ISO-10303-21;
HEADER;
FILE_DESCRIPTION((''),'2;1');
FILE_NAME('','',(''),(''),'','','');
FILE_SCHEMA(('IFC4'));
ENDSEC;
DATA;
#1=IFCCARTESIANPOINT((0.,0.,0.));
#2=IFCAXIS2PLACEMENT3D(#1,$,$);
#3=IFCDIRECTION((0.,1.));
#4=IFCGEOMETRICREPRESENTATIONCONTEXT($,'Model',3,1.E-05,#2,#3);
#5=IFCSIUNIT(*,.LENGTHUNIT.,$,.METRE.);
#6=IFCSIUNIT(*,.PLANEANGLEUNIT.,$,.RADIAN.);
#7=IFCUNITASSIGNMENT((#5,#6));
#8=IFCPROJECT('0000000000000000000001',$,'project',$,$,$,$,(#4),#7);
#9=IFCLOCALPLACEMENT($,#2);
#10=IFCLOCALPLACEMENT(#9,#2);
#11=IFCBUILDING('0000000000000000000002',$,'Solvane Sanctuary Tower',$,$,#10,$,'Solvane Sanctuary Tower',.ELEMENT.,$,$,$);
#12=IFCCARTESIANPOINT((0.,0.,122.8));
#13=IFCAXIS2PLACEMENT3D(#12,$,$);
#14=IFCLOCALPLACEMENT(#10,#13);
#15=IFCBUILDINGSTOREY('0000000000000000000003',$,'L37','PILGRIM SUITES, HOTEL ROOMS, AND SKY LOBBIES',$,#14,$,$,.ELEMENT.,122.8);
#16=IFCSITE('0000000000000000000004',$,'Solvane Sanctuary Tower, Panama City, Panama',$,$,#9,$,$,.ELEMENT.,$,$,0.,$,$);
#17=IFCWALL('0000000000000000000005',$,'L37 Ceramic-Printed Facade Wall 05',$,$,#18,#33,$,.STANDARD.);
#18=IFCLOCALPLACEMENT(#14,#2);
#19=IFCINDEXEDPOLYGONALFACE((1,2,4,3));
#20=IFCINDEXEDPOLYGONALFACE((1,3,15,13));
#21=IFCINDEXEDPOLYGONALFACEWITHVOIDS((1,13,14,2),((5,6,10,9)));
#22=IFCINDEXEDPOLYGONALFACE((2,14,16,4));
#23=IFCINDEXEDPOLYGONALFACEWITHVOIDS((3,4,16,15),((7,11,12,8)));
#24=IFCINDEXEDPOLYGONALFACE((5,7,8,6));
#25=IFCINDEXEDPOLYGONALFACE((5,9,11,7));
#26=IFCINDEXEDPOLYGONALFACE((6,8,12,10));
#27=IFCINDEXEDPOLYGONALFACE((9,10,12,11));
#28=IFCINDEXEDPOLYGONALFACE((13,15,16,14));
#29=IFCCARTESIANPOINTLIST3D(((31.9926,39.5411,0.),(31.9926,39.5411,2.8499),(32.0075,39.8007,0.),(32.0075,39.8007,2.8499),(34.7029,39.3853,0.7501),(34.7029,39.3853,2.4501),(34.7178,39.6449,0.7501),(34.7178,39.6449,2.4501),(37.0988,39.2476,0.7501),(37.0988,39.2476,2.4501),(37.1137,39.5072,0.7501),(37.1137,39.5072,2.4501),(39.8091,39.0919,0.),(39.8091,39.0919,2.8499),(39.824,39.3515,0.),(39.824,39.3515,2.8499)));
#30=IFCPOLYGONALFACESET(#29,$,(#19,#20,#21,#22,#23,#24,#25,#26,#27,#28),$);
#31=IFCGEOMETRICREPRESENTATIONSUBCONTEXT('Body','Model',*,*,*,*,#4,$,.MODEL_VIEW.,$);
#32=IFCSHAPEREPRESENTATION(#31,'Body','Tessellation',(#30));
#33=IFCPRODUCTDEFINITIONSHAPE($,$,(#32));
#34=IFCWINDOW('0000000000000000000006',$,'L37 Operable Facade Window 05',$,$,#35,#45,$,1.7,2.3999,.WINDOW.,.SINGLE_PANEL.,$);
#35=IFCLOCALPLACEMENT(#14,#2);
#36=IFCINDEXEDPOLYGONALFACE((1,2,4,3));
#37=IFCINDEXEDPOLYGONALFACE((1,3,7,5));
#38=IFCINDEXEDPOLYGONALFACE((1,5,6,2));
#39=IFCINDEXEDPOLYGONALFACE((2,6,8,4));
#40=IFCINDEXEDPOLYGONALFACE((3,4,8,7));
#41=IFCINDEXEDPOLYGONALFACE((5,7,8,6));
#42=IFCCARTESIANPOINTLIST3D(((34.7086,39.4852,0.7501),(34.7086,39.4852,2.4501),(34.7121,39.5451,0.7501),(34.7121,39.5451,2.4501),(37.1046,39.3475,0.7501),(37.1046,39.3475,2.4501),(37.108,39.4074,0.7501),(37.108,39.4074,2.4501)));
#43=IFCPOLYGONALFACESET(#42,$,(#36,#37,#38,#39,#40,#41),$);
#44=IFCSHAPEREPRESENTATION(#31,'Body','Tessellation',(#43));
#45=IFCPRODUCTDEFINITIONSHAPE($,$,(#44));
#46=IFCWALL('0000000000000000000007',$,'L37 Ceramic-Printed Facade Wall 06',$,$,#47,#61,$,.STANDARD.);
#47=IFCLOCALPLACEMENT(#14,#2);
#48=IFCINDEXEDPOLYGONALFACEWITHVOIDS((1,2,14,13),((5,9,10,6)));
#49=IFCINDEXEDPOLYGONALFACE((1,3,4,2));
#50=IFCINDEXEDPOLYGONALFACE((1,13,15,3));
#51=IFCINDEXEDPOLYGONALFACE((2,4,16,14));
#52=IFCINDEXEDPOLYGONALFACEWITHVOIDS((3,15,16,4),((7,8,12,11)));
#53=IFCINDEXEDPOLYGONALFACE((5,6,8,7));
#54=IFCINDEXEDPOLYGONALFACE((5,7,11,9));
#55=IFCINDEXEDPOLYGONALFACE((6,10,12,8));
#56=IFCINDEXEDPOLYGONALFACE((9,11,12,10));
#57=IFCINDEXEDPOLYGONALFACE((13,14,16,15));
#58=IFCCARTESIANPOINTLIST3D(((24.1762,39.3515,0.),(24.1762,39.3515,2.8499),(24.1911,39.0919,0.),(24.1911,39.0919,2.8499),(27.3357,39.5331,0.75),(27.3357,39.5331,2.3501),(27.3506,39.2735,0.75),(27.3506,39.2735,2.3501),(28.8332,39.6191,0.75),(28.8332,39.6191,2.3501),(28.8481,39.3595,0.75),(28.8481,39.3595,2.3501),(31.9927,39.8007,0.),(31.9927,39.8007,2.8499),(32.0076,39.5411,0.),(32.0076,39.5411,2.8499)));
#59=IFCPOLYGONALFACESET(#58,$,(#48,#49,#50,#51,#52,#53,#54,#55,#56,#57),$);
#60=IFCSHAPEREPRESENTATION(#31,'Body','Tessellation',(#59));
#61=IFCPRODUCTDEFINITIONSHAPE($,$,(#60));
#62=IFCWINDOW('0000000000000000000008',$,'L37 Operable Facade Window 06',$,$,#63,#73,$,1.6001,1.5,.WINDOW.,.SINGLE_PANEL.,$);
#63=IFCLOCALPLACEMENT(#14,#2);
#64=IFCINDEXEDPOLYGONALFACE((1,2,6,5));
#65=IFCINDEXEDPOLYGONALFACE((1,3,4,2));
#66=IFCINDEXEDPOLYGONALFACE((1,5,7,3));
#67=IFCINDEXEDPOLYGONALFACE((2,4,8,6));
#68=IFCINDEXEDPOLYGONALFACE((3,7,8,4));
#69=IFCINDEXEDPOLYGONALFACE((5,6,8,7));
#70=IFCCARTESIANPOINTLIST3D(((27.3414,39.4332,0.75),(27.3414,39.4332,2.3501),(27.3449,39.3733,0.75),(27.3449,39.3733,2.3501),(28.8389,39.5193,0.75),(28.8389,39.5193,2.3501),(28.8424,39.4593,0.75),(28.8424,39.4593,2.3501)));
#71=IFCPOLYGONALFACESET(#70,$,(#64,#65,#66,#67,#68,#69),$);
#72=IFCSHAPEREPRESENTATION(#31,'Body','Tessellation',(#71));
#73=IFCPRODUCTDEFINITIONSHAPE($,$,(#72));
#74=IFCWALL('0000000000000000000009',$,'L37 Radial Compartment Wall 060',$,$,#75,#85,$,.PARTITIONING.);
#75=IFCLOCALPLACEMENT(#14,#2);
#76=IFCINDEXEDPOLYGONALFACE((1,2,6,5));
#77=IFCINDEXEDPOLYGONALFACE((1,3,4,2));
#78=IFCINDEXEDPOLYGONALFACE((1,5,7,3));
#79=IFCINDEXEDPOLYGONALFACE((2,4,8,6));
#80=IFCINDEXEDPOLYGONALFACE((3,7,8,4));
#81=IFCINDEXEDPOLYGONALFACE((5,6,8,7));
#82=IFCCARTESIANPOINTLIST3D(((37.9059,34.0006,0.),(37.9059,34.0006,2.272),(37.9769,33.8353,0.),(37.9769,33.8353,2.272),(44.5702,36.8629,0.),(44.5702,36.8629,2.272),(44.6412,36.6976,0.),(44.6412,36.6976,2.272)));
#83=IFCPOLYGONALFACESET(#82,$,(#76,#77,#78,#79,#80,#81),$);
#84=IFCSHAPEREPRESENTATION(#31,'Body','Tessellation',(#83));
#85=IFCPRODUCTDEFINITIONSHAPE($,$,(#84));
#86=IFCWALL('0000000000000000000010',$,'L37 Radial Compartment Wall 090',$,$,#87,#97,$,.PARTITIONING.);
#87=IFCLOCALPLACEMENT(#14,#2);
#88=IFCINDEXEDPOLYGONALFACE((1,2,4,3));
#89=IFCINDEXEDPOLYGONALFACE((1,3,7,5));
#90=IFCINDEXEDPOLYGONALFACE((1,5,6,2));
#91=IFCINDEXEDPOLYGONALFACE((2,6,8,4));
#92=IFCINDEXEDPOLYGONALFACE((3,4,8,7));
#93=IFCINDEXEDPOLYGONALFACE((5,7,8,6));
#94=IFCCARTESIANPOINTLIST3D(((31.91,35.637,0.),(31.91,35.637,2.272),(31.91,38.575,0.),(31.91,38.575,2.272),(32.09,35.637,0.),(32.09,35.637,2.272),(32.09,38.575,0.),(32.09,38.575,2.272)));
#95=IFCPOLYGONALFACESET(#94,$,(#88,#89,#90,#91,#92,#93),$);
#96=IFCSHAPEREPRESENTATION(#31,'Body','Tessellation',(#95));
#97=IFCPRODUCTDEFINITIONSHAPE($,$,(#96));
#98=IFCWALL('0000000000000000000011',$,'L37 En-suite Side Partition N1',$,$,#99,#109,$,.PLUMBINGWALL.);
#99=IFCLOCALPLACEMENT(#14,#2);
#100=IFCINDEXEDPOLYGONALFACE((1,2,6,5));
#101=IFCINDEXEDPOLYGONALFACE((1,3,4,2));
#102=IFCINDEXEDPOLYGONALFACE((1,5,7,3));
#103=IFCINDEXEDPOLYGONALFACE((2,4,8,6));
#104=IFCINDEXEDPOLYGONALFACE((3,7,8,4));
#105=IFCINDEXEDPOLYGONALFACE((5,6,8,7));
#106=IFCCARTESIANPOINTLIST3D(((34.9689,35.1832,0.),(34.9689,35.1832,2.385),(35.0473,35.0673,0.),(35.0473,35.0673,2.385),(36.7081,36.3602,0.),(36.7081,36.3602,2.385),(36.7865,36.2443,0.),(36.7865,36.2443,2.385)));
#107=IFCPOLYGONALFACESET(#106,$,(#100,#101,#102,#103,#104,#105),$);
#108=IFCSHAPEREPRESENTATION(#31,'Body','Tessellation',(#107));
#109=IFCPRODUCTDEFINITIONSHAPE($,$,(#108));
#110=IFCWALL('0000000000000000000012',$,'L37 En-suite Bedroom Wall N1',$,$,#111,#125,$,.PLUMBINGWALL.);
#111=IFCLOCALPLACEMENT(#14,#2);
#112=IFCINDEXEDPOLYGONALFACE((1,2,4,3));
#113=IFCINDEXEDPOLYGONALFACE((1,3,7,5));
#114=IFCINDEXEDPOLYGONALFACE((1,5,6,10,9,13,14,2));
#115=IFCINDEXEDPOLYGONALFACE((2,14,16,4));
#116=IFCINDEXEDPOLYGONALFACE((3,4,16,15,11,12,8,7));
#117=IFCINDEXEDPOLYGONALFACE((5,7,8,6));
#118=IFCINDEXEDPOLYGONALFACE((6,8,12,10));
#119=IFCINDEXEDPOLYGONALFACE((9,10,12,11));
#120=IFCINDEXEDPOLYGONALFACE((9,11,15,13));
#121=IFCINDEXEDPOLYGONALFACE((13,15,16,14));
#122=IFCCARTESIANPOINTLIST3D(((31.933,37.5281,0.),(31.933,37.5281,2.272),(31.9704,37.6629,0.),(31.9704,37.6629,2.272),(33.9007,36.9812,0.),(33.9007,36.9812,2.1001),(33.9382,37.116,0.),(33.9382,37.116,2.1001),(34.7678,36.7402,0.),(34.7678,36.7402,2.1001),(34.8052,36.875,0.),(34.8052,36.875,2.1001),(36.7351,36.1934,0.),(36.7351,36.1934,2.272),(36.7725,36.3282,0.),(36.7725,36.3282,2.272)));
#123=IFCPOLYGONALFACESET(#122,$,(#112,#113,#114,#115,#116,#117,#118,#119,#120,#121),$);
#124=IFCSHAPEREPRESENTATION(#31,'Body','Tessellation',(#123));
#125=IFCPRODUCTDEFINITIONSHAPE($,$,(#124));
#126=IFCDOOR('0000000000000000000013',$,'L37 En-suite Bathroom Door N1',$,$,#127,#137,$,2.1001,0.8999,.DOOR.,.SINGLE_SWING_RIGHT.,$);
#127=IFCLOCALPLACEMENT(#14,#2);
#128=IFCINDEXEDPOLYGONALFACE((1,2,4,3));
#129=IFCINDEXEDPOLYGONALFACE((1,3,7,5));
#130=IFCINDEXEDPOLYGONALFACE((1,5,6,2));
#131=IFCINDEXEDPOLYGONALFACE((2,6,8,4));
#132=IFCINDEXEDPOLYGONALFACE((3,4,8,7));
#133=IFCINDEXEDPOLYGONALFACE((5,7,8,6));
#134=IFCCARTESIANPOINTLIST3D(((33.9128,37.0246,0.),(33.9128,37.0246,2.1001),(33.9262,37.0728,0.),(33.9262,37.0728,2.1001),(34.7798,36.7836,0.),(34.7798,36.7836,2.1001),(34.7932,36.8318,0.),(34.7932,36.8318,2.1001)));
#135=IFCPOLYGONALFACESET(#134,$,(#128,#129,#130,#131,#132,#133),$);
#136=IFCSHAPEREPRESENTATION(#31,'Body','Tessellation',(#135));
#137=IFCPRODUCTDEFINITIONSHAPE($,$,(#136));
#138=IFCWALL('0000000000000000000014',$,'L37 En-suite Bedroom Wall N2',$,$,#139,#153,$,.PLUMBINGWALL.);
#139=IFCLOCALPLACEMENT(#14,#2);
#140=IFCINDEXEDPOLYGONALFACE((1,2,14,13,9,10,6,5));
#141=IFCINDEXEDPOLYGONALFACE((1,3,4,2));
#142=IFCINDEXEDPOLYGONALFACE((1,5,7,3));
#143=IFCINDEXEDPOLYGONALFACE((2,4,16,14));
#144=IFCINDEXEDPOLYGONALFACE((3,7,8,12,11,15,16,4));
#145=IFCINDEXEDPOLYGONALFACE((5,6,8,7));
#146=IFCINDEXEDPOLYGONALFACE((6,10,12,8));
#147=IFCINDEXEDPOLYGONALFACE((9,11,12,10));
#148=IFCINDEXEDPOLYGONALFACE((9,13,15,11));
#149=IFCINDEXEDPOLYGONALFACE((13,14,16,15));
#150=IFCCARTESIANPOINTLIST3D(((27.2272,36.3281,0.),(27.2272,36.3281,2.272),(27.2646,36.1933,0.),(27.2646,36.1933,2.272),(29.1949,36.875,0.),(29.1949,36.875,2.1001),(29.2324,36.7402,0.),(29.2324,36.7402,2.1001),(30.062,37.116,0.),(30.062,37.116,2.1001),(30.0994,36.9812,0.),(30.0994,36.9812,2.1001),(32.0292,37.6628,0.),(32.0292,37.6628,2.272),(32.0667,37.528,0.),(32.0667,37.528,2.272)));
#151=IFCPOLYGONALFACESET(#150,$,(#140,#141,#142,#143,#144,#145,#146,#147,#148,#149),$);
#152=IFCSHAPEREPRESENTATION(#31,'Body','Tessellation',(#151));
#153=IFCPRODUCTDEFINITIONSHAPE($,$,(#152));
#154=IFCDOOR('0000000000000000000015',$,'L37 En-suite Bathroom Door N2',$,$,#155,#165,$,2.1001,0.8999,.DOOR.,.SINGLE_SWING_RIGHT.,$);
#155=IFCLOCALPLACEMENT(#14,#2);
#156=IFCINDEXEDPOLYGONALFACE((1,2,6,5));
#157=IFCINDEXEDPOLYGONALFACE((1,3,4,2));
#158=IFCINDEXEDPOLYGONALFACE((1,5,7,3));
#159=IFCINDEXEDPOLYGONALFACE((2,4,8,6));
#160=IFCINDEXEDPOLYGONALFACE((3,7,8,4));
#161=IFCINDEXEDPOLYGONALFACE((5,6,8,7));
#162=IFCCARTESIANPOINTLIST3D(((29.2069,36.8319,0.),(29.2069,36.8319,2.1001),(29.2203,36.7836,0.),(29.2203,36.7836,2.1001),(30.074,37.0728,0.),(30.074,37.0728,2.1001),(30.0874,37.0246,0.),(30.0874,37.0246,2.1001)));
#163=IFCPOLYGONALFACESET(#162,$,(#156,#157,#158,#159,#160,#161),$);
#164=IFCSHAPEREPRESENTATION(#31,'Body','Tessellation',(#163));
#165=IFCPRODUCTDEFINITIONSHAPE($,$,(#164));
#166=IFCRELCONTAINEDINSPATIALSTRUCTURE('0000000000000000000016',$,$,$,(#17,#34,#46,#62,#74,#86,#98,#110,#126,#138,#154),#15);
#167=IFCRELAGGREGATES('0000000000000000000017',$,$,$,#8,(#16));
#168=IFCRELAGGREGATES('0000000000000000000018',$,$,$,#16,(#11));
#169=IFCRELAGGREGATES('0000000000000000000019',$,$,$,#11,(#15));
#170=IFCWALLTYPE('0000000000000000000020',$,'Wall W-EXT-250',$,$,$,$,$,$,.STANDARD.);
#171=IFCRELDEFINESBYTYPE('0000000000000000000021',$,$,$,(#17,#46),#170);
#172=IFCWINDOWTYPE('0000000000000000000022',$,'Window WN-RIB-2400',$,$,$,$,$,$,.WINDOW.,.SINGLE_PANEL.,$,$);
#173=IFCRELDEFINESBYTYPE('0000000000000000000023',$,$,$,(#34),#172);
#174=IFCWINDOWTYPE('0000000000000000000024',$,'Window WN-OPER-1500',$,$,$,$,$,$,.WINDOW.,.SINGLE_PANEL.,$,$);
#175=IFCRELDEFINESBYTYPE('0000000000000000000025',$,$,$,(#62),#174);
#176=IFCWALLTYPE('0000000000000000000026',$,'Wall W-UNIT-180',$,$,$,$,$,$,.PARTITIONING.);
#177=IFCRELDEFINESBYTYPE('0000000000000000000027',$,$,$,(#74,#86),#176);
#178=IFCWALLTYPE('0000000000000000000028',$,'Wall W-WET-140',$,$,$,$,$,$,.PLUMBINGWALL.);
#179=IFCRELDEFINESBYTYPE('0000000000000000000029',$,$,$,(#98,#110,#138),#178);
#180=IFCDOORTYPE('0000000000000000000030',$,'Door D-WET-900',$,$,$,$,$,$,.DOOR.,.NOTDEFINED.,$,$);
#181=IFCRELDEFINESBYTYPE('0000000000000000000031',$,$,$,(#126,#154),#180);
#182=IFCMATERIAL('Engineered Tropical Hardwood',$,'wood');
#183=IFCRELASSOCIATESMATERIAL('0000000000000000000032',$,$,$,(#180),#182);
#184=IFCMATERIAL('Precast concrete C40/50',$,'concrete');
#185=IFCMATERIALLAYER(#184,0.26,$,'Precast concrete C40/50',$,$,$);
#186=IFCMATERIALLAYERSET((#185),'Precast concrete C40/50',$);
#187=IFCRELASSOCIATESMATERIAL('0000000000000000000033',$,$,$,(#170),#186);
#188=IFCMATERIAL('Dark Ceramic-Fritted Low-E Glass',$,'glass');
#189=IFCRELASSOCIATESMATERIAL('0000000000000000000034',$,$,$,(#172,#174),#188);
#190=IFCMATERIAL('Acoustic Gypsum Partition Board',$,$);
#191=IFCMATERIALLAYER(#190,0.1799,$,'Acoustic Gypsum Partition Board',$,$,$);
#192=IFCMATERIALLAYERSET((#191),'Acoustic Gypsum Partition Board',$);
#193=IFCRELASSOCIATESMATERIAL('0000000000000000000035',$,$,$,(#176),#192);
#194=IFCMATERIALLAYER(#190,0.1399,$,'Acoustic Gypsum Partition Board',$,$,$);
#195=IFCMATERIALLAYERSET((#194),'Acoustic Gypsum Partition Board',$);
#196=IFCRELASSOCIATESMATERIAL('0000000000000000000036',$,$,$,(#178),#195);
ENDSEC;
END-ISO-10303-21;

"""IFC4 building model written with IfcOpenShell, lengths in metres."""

from ifc_helpers import new_model, si_unit, direction, frame, frame_2d, origin, place, context, subcontext, project, spatial, rectangle, extrude, material, layer, layer_set, type_object, element, fill, save


model = new_model("IFC4")

# Units and contexts
model_context = context("Model", 3, precision=1e-05, world=origin(), true_north=direction((0.0, 1.0)))
body_context = subcontext(model_context, "Body", "Model", "MODEL_VIEW")
ifc_project = project(units=[si_unit("LENGTHUNIT", "METRE"), si_unit("PLANEANGLEUNIT", "RADIAN")], contexts=[model_context])

# Site, building, storey
site_placement = place(None, origin())
site = spatial("IfcSite", under=ifc_project, at=site_placement, Name="Solvane Sanctuary Tower, Panama City, Panama", CompositionType="ELEMENT", RefElevation=0.0)
building_placement = place(site_placement, origin())
building = spatial("IfcBuilding", under=site, at=building_placement, Name="Solvane Sanctuary Tower", LongName="Solvane Sanctuary Tower", CompositionType="ELEMENT")
storey_placement = place(building_placement, frame((0.0, 0.0, 122.8)))
storey = spatial("IfcBuildingStorey", under=building, at=storey_placement, Name="L37", Description="PILGRIM SUITES, HOTEL ROOMS, AND SKY LOBBIES", CompositionType="ELEMENT", Elevation=122.8)

# Shared definitions
ifc_material_1 = material(Name="Acoustic Gypsum Partition Board")

# Shared definitions
ifc_material_2 = material(Name="Engineered Tropical Hardwood", Category="wood")
door_type_1 = type_object("IfcDoorType", Name="Door D-WET-900", OperationType="NOTDEFINED", PredefinedType="DOOR", material=ifc_material_2)

# Walls, openings, windows
ifc_material_3 = material(Name="Precast concrete C40/50", Category="concrete")
ifc_layer_1 = layer(ifc_material_3, 0.26, Name="Precast concrete C40/50")
ifc_layer_set_1 = layer_set([ifc_layer_1], Name="Precast concrete C40/50")
wall_type_1 = type_object("IfcWallType", Name="Wall W-EXT-250", PredefinedType="STANDARD", material=ifc_layer_set_1)
wall_1_placement = place(storey_placement, frame((39.8164, 39.2217, 0.0), z_axis=(0.0, 0.0, 1.0), x_axis=(-0.998353, 0.057377, 0.0)))
wall_1 = element("IfcWall", 1, at=wall_1_placement, inside=storey, type_object=wall_type_1, Name="L37 Ceramic-Printed Facade Wall 05", PredefinedType="STANDARD", context=body_context, shape_type="SweptSolid", body=[
    extrude(rectangle(XDim=7.8293, YDim=0.26, at=frame_2d((3.9146, 0.0))), origin(), (0.0, 0.0, 1.0), 2.8499),
])
opening_1_placement = place(wall_1_placement, frame((2.7146, 0.0, 0.75)))
opening_1 = element("IfcOpeningElement", 2, at=opening_1_placement, cuts=wall_1, PredefinedType="OPENING", context=body_context, shape_type="SweptSolid", body=[
    extrude(rectangle(XDim=2.3999, YDim=1.7, at=frame_2d((1.2, 0.8501))), frame((0.0, 0.1399, 0.0), z_axis=(0.0, -1.0, 0.0), x_axis=(1.0, 0.0, 0.0)), (0.0, 0.0, 1.0), 0.28),
])
ifc_material_4 = material(Name="Dark Ceramic-Fritted Low-E Glass", Category="glass")
window_type_1 = type_object("IfcWindowType", Name="Window WN-RIB-2400", PartitioningType="SINGLE_PANEL", PredefinedType="WINDOW", material=ifc_material_4)
window_1_placement = place(opening_1_placement, origin())
window_1 = element("IfcWindow", 3, at=window_1_placement, inside=storey, type_object=window_type_1, Name="L37 Operable Facade Window 05", OverallHeight=1.7, OverallWidth=2.3999, PartitioningType="SINGLE_PANEL", PredefinedType="WINDOW", context=body_context, shape_type="SweptSolid", body=[
    extrude(rectangle(XDim=2.3999, YDim=1.7, at=frame_2d((1.2, 0.8501))), frame((0.0, 0.03, 0.0), z_axis=(0.0, -1.0, 0.0), x_axis=(1.0, 0.0, 0.0)), (0.0, 0.0, 1.0), 0.0601),
])
fill(opening_1, window_1)
wall_2_placement = place(storey_placement, frame((32.0, 39.6709, 0.0), z_axis=(0.0, 0.0, 1.0), x_axis=(-0.998353, -0.057377, 0.0)))
wall_2 = element("IfcWall", 4, at=wall_2_placement, inside=storey, type_object=wall_type_1, Name="L37 Ceramic-Printed Facade Wall 06", PredefinedType="STANDARD", context=body_context, shape_type="SweptSolid", body=[
    extrude(rectangle(XDim=7.8293, YDim=0.26, at=frame_2d((3.9146, 0.0))), origin(), (0.0, 0.0, 1.0), 2.8499),
])
opening_2_placement = place(wall_2_placement, frame((3.1646, 0.0, 0.75)))
opening_2 = element("IfcOpeningElement", 5, at=opening_2_placement, cuts=wall_2, PredefinedType="OPENING", context=body_context, shape_type="SweptSolid", body=[
    extrude(rectangle(XDim=1.5, YDim=1.6001, at=frame_2d((0.75, 0.8))), frame((0.0, 0.1399, 0.0), z_axis=(0.0, -1.0, 0.0), x_axis=(1.0, 0.0, 0.0)), (0.0, 0.0, 1.0), 0.28),
])
window_type_2 = type_object("IfcWindowType", Name="Window WN-OPER-1500", PartitioningType="SINGLE_PANEL", PredefinedType="WINDOW", material=ifc_material_4)
window_2_placement = place(opening_2_placement, origin())
window_2 = element("IfcWindow", 6, at=window_2_placement, inside=storey, type_object=window_type_2, Name="L37 Operable Facade Window 06", OverallHeight=1.6001, OverallWidth=1.5, PartitioningType="SINGLE_PANEL", PredefinedType="WINDOW", context=body_context, shape_type="SweptSolid", body=[
    extrude(rectangle(XDim=1.5, YDim=1.6001, at=frame_2d((0.75, 0.8))), frame((0.0, 0.03, 0.0), z_axis=(0.0, -1.0, 0.0), x_axis=(1.0, 0.0, 0.0)), (0.0, 0.0, 1.0), 0.0601),
])
fill(opening_2, window_2)

# Walls
ifc_layer_2 = layer(ifc_material_1, 0.1799, Name="Acoustic Gypsum Partition Board")
ifc_layer_set_2 = layer_set([ifc_layer_2], Name="Acoustic Gypsum Partition Board")
wall_type_2 = type_object("IfcWallType", Name="Wall W-UNIT-180", PredefinedType="PARTITIONING", material=ifc_layer_set_2)
wall_3_placement = place(storey_placement, frame((37.9414, 33.918, 0.0), z_axis=(0.0, 0.0, 1.0), x_axis=(0.918837, 0.394638, 0.0)))
element("IfcWall", 7, at=wall_3_placement, inside=storey, type_object=wall_type_2, Name="L37 Radial Compartment Wall 060", PredefinedType="PARTITIONING", context=body_context, shape_type="SweptSolid", body=[
    extrude(rectangle(XDim=7.2529, YDim=0.1799, at=frame_2d((3.6265, 0.0))), origin(), (0.0, 0.0, 1.0), 2.272),
])
wall_4_placement = place(storey_placement, frame((32.0, 35.637, 0.0), z_axis=(0.0, 0.0, 1.0), x_axis=(0.0, 1.0, 0.0)))
element("IfcWall", 8, at=wall_4_placement, inside=storey, type_object=wall_type_2, Name="L37 Radial Compartment Wall 090", PredefinedType="PARTITIONING", context=body_context, shape_type="SweptSolid", body=[
    extrude(rectangle(XDim=2.938, YDim=0.1799, at=frame_2d((1.469, 0.0))), origin(), (0.0, 0.0, 1.0), 2.272),
])
ifc_layer_3 = layer(ifc_material_1, 0.1399, Name="Acoustic Gypsum Partition Board")
ifc_layer_set_3 = layer_set([ifc_layer_3], Name="Acoustic Gypsum Partition Board")
wall_type_3 = type_object("IfcWallType", Name="Wall W-WET-140", PredefinedType="PLUMBINGWALL", material=ifc_layer_set_3)
wall_5_placement = place(storey_placement, frame((35.0081, 35.1252, 0.0), z_axis=(0.0, 0.0, 1.0), x_axis=(0.828185, 0.560455, 0.0)))
element("IfcWall", 9, at=wall_5_placement, inside=storey, type_object=wall_type_3, Name="L37 En-suite Side Partition N1", PredefinedType="PLUMBINGWALL", context=body_context, shape_type="SweptSolid", body=[
    extrude(rectangle(XDim=2.1001, YDim=0.1399, at=frame_2d((1.05, 0.0))), origin(), (0.0, 0.0, 1.0), 2.385),
])

# Walls, openings, doors
wall_6_placement = place(storey_placement, frame((36.7539, 36.2607, 0.0), z_axis=(0.0, 0.0, 1.0), x_axis=(-0.963475, 0.267798, 0.0)))
wall_6 = element("IfcWall", 10, at=wall_6_placement, inside=storey, type_object=wall_type_3, Name="L37 En-suite Bedroom Wall N1", PredefinedType="PLUMBINGWALL", context=body_context, shape_type="SweptSolid", body=[
    extrude(rectangle(XDim=4.9841, YDim=0.1399, at=frame_2d((2.4922, 0.0))), origin(), (0.0, 0.0, 1.0), 2.272),
])
opening_3_placement = place(wall_6_placement, frame((2.042, 0.0, 0.0)))
opening_3 = element("IfcOpeningElement", 11, at=opening_3_placement, cuts=wall_6, PredefinedType="OPENING", context=body_context, shape_type="SweptSolid", body=[
    extrude(rectangle(XDim=0.8999, YDim=2.1001, at=frame_2d((0.45, 1.05))), frame((0.0, 0.0798, 0.0), z_axis=(0.0, -1.0, 0.0), x_axis=(1.0, 0.0, 0.0)), (0.0, 0.0, 1.0), 0.1599),
])
door_1_placement = place(opening_3_placement, origin())
door_1 = element("IfcDoor", 12, at=door_1_placement, inside=storey, type_object=door_type_1, Name="L37 En-suite Bathroom Door N1", OperationType="SINGLE_SWING_RIGHT", OverallHeight=2.1001, OverallWidth=0.8999, PredefinedType="DOOR", context=body_context, shape_type="SweptSolid", body=[
    extrude(rectangle(XDim=0.8999, YDim=2.1001, at=frame_2d((0.45, 1.05))), frame((0.0, 0.0249, 0.0), z_axis=(0.0, -1.0, 0.0), x_axis=(1.0, 0.0, 0.0)), (0.0, 0.0, 1.0), 0.05),
])
fill(opening_3, door_1)
wall_7_placement = place(storey_placement, frame((32.0481, 37.5955, 0.0), z_axis=(0.0, 0.0, 1.0), x_axis=(-0.963475, -0.267798, 0.0)))
wall_7 = element("IfcWall", 13, at=wall_7_placement, inside=storey, type_object=wall_type_3, Name="L37 En-suite Bedroom Wall N2", PredefinedType="PLUMBINGWALL", context=body_context, shape_type="SweptSolid", body=[
    extrude(rectangle(XDim=4.9841, YDim=0.1399, at=frame_2d((2.4922, 0.0))), origin(), (0.0, 0.0, 1.0), 2.272),
])
opening_4_placement = place(wall_7_placement, frame((2.042, 0.0, 0.0)))
opening_4 = element("IfcOpeningElement", 14, at=opening_4_placement, cuts=wall_7, PredefinedType="OPENING", context=body_context, shape_type="SweptSolid", body=[
    extrude(rectangle(XDim=0.8999, YDim=2.1001, at=frame_2d((0.45, 1.05))), frame((0.0, 0.0798, 0.0), z_axis=(0.0, -1.0, 0.0), x_axis=(1.0, 0.0, 0.0)), (0.0, 0.0, 1.0), 0.1599),
])
door_2_placement = place(opening_4_placement, origin())
door_2 = element("IfcDoor", 15, at=door_2_placement, inside=storey, type_object=door_type_1, Name="L37 En-suite Bathroom Door N2", OperationType="SINGLE_SWING_RIGHT", OverallHeight=2.1001, OverallWidth=0.8999, PredefinedType="DOOR", context=body_context, shape_type="SweptSolid", body=[
    extrude(rectangle(XDim=0.8999, YDim=2.1001, at=frame_2d((0.45, 1.05))), frame((0.0, 0.0249, 0.0), z_axis=(0.0, -1.0, 0.0), x_axis=(1.0, 0.0, 0.0)), (0.0, 0.0, 1.0), 0.05),
])
fill(opening_4, door_2)

save(model, "model.ifc")
